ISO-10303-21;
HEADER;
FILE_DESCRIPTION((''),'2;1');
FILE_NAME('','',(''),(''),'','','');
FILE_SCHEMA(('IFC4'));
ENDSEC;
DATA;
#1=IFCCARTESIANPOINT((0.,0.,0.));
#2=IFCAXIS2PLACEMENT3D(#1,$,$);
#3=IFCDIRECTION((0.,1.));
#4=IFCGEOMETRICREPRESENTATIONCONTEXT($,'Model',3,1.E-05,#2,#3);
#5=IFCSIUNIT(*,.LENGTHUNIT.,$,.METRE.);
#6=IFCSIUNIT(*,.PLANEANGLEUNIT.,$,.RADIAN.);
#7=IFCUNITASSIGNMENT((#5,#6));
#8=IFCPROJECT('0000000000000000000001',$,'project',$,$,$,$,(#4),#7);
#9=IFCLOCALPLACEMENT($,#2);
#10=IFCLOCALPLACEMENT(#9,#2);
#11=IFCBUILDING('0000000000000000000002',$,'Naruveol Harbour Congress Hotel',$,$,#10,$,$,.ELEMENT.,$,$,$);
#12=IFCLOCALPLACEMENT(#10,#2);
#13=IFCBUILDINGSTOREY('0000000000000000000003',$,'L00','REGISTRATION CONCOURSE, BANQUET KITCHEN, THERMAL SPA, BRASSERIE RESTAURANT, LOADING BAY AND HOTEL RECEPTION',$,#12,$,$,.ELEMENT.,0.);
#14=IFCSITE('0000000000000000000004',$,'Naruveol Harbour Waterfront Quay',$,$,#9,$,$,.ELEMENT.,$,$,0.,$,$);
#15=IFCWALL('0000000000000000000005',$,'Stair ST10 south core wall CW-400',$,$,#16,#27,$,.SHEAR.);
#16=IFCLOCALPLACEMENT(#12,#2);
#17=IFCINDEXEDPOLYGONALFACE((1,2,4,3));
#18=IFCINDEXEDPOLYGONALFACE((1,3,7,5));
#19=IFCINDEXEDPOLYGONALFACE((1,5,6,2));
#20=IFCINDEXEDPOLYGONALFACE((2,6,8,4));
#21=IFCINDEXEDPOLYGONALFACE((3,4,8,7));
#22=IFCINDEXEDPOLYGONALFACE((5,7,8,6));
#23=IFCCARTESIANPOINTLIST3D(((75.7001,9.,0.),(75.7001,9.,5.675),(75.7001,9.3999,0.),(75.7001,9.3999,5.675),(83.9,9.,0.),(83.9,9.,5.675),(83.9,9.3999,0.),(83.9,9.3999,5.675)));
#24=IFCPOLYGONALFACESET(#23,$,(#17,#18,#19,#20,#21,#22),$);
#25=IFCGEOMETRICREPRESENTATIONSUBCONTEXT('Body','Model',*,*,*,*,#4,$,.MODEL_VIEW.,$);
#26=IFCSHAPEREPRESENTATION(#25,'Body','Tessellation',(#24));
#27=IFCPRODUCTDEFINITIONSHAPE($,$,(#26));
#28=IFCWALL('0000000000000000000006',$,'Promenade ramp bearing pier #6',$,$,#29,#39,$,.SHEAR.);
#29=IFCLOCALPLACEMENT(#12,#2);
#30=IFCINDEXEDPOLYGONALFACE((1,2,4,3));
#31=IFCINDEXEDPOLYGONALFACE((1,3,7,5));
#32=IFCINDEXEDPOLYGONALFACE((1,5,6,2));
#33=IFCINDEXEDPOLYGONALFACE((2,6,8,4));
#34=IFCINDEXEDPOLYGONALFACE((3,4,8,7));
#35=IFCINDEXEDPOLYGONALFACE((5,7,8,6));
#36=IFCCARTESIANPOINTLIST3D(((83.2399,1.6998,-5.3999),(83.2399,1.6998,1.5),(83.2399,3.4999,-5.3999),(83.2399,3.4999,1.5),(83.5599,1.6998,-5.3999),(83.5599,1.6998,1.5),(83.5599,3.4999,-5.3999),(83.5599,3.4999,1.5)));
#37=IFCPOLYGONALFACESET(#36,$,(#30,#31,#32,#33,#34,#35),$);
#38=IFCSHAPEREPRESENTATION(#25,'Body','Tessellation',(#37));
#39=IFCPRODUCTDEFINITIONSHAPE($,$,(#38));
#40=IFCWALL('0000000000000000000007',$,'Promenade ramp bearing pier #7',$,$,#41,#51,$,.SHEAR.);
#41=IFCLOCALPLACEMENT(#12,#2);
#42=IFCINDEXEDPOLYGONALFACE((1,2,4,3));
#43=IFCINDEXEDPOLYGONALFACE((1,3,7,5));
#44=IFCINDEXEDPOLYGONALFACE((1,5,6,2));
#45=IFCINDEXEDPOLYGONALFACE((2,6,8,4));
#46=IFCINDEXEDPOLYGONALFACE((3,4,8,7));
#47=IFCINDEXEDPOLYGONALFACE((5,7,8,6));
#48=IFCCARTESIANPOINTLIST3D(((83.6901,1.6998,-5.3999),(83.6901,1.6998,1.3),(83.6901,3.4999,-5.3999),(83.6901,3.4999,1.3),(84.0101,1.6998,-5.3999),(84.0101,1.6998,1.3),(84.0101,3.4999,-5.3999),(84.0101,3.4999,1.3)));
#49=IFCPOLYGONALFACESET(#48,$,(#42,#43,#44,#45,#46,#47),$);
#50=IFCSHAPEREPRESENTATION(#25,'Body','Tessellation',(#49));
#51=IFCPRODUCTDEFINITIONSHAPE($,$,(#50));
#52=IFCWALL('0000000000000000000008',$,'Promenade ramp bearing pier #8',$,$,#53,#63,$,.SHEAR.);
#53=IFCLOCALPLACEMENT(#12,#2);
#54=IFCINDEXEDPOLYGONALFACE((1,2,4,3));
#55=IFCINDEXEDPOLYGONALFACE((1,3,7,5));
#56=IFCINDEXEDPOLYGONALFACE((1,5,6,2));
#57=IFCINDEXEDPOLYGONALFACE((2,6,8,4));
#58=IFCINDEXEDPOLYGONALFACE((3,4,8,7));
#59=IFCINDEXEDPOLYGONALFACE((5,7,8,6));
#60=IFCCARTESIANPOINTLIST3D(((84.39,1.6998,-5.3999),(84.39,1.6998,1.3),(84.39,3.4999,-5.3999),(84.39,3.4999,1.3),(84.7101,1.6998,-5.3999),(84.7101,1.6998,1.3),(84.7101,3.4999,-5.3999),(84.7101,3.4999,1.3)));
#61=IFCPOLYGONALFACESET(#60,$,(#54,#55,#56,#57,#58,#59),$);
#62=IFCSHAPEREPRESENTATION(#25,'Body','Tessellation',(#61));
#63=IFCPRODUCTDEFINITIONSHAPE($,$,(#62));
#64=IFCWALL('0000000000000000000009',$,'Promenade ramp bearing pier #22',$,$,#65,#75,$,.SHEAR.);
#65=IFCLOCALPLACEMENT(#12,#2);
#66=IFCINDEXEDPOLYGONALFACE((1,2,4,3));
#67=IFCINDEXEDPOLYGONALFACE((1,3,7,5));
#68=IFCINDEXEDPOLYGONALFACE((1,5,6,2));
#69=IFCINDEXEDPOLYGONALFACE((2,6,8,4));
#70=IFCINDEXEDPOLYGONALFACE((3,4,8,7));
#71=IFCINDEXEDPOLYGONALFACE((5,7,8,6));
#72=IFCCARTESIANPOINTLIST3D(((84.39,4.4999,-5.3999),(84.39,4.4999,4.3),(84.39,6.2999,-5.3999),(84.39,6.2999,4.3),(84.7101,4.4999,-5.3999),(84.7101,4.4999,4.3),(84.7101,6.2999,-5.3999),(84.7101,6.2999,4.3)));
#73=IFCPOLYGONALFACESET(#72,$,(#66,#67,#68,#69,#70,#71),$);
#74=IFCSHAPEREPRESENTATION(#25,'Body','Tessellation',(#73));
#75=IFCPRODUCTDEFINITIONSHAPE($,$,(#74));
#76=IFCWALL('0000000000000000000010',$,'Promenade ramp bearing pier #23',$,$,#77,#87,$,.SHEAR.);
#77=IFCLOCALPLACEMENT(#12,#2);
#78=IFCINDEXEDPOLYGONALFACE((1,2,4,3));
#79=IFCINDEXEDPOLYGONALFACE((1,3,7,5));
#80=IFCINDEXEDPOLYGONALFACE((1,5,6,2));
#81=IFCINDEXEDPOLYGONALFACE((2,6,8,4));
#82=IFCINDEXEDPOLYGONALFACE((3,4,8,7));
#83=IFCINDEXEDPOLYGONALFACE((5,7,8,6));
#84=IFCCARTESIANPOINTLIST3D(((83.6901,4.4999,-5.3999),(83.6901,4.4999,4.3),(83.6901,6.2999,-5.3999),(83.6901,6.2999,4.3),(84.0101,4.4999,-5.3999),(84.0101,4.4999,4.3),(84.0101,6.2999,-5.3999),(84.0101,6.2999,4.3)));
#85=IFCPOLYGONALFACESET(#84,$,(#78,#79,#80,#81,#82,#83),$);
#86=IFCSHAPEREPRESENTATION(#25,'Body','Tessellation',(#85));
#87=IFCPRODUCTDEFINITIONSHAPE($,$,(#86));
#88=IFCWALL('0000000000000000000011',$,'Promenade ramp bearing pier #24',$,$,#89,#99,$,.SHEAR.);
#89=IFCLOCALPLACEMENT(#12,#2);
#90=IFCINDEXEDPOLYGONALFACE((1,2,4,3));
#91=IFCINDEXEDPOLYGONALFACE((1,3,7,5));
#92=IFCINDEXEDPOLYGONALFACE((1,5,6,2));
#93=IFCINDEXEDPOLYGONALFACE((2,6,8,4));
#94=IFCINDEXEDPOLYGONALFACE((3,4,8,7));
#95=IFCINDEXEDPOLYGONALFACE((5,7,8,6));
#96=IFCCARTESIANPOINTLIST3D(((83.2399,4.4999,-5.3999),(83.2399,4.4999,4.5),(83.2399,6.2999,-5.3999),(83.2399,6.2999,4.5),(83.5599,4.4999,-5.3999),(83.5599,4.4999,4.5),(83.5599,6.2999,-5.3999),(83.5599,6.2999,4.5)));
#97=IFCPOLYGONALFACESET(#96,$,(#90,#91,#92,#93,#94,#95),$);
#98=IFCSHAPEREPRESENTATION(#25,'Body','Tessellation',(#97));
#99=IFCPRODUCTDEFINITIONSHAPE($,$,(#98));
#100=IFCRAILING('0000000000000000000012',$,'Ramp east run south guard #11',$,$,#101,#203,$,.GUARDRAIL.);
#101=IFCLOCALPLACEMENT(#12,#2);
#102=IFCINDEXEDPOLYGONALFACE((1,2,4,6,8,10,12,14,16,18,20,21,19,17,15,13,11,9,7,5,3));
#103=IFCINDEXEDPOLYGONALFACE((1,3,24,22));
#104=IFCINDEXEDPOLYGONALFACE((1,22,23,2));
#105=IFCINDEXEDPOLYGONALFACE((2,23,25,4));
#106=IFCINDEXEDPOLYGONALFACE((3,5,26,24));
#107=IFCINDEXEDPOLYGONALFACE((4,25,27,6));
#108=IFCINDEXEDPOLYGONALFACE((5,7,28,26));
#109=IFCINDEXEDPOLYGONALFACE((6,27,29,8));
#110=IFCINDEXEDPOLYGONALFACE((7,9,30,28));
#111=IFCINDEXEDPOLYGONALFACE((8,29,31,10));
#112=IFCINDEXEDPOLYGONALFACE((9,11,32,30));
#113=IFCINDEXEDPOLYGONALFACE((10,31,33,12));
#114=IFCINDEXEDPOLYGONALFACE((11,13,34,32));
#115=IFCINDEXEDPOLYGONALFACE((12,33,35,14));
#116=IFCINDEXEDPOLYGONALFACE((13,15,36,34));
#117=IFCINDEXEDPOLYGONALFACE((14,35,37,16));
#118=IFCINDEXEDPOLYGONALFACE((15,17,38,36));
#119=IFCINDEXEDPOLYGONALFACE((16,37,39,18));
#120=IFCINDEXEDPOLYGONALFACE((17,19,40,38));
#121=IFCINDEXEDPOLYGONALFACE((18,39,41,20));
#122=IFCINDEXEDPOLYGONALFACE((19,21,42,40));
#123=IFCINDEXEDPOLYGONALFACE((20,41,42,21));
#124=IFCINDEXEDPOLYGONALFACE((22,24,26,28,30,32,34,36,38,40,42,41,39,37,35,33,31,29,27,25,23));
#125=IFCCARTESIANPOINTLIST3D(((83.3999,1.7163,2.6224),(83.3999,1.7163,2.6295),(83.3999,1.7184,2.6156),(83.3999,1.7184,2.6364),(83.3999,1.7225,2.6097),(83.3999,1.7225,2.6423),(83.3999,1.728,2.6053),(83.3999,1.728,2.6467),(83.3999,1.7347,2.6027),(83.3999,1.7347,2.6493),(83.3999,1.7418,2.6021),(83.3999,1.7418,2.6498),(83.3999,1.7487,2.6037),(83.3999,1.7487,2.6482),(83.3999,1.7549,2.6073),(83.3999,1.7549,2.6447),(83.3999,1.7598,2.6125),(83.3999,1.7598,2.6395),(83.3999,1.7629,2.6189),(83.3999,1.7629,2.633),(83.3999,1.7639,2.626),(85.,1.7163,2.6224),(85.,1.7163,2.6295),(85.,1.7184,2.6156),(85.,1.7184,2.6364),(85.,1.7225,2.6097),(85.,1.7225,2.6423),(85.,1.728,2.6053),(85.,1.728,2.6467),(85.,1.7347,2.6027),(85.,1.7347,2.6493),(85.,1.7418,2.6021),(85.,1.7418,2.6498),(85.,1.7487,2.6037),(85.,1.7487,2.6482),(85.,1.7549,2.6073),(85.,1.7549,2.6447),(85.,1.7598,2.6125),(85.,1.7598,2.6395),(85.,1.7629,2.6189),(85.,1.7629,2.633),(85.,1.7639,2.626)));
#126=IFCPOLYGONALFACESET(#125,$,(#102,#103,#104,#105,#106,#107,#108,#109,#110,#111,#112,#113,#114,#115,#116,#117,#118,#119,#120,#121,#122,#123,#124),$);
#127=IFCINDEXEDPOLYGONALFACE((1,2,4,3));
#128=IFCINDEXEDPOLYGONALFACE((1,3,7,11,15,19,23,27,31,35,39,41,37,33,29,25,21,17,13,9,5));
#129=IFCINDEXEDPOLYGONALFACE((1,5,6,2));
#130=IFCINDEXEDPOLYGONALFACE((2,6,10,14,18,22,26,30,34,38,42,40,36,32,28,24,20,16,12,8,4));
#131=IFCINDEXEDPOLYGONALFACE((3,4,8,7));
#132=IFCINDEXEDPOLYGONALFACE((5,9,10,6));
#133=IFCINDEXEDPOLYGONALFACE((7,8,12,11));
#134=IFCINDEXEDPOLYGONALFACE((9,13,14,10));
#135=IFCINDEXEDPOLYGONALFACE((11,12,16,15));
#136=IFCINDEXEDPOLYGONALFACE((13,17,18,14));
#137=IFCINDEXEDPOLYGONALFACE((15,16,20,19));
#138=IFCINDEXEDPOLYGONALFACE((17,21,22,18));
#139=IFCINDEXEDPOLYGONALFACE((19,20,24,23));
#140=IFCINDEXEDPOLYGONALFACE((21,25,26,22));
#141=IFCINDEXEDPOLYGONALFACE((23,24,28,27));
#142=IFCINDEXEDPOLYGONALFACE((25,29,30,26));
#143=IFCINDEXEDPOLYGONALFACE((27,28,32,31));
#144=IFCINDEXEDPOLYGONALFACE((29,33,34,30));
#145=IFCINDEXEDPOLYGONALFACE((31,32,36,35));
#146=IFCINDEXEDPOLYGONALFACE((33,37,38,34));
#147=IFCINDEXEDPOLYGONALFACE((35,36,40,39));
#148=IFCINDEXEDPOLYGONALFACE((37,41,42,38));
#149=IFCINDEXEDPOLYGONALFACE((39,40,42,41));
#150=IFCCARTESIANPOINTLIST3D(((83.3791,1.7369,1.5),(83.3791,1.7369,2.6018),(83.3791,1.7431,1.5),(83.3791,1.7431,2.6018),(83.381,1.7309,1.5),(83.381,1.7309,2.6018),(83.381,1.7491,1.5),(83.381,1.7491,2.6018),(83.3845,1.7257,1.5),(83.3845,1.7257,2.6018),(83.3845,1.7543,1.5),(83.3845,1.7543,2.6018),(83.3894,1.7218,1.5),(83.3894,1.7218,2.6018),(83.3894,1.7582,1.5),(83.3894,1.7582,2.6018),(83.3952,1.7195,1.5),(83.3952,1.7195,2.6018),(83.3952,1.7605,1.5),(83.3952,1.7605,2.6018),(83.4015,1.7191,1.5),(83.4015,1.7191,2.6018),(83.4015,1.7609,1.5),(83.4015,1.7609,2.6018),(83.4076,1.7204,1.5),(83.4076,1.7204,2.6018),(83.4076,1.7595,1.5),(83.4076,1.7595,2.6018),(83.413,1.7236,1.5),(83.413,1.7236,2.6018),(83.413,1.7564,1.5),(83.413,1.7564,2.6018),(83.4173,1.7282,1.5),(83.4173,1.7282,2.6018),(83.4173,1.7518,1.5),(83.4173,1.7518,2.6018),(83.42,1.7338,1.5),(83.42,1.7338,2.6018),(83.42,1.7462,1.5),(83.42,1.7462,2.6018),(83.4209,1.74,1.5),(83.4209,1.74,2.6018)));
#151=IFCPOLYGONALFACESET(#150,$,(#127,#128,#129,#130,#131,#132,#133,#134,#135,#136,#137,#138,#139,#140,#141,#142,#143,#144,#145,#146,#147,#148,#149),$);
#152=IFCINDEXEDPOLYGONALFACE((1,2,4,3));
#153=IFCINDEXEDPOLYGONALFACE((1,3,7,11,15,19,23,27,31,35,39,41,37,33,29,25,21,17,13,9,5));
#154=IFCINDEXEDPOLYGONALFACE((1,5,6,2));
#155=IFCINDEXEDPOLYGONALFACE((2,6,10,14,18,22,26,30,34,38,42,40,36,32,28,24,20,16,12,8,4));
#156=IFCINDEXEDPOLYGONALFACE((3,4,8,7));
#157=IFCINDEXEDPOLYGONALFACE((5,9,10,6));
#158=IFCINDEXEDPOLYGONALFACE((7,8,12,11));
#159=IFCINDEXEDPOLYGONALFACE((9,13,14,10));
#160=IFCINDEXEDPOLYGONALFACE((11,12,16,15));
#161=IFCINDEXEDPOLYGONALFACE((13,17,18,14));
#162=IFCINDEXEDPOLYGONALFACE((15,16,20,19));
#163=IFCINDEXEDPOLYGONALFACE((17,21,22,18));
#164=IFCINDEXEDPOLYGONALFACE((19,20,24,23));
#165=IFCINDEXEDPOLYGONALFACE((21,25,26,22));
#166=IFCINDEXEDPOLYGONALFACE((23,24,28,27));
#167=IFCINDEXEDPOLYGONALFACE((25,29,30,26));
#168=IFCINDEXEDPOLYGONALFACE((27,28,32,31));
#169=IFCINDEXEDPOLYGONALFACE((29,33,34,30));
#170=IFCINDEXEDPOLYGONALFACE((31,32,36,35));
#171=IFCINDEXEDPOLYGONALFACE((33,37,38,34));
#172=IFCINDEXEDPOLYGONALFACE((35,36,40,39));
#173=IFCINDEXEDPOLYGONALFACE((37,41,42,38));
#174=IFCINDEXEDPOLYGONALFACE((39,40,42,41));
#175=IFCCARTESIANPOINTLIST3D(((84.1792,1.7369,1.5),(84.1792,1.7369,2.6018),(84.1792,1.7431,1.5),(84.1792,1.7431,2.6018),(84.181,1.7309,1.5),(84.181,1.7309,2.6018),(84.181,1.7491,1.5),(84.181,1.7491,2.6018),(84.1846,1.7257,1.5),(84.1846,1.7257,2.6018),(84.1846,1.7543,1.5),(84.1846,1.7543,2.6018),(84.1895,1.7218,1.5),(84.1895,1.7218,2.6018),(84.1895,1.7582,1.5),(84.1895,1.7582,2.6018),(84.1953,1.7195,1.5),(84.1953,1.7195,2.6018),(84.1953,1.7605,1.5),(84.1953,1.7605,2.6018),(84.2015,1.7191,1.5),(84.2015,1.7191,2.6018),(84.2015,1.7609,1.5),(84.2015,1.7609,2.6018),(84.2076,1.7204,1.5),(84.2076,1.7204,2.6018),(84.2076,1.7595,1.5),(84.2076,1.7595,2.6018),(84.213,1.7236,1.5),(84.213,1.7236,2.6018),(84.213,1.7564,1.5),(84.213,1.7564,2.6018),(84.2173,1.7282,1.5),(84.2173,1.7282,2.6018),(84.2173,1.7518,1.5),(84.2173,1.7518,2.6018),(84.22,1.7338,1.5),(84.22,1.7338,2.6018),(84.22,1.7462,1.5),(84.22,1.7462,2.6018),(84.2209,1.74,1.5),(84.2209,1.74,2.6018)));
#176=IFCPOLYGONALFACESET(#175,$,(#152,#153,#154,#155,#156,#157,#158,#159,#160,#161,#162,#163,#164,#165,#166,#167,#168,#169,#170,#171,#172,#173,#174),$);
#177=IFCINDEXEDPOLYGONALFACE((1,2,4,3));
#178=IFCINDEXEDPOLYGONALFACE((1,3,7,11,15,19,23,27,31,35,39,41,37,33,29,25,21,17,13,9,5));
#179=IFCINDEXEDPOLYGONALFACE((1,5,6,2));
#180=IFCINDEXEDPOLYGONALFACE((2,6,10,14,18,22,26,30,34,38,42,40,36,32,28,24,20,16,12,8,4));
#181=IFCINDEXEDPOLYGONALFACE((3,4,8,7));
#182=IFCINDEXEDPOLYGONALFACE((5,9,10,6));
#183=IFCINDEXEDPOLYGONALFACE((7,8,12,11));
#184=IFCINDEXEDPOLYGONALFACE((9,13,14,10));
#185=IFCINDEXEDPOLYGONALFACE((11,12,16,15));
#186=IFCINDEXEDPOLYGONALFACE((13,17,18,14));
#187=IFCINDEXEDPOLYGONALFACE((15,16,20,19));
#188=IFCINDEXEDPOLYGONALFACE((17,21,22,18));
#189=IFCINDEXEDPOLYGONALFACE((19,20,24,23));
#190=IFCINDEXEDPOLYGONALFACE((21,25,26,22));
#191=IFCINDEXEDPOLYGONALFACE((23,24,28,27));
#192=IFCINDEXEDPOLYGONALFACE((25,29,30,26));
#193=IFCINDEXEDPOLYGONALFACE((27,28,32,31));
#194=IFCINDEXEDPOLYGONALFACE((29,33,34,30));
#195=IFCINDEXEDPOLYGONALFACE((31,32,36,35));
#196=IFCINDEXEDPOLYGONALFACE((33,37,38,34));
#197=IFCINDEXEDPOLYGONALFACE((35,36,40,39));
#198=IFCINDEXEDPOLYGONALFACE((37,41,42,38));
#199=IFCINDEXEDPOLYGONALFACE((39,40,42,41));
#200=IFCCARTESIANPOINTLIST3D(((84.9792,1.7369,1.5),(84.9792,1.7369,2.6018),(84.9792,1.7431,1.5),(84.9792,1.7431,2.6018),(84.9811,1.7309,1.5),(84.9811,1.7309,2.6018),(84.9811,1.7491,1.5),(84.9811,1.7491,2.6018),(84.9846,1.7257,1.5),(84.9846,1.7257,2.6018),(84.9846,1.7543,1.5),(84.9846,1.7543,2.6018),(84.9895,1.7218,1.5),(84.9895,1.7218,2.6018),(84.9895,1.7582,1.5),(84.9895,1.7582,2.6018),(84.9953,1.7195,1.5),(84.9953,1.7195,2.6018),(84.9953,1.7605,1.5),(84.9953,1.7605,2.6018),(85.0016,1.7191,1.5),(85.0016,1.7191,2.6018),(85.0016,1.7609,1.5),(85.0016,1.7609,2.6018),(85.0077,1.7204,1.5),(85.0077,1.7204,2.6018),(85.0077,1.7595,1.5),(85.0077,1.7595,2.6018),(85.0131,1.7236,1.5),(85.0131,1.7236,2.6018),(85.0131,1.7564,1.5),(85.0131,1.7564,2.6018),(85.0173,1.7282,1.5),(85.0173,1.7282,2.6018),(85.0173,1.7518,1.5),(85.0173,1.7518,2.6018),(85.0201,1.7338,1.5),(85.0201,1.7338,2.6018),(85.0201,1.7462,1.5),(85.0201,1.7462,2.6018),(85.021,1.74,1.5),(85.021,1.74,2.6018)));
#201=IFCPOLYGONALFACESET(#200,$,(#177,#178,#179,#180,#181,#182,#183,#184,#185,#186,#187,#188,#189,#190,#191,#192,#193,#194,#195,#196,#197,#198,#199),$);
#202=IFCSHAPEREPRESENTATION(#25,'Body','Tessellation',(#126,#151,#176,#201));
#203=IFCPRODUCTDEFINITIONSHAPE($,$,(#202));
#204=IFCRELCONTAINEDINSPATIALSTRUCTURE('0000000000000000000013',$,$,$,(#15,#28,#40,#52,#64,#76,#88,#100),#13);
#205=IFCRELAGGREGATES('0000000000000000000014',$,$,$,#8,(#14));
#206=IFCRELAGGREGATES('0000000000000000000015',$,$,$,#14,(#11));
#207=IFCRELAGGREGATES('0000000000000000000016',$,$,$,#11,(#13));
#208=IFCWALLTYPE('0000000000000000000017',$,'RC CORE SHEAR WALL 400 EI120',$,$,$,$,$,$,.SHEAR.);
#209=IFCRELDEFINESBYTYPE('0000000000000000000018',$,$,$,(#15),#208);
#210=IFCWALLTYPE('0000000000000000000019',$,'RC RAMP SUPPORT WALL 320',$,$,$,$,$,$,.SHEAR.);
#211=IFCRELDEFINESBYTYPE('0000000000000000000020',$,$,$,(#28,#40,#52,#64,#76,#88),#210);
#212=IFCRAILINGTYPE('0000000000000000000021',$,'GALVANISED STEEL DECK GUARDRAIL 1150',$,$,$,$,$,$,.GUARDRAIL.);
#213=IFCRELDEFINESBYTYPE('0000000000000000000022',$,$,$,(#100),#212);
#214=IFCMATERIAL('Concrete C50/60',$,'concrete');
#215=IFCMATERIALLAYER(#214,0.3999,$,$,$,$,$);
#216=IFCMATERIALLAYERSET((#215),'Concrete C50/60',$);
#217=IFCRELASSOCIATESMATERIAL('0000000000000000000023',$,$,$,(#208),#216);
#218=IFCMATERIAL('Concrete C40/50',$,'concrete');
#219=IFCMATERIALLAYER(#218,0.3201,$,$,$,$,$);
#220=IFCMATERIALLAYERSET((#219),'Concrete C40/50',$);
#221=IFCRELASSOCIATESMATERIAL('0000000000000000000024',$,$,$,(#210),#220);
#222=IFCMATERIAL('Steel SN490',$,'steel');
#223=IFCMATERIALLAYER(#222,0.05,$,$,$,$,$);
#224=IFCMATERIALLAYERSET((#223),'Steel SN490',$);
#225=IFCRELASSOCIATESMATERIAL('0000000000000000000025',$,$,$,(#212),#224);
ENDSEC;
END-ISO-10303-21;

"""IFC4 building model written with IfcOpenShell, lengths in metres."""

from ifc_helpers import new_model, si_unit, direction, frame, frame_2d, origin, origin_2d, place, context, subcontext, project, spatial, rectangle, circle, extrude, material, layer, layer_set, type_object, element, save


model = new_model("IFC4")

# Units and contexts
model_context = context("Model", 3, precision=1e-05, world=origin(), true_north=direction((0.0, 1.0)))
body_context = subcontext(model_context, "Body", "Model", "MODEL_VIEW")
ifc_project = project(units=[si_unit("LENGTHUNIT", "METRE"), si_unit("PLANEANGLEUNIT", "RADIAN")], contexts=[model_context])

# Site, building, storey
site_placement = place(None, origin())
site = spatial("IfcSite", under=ifc_project, at=site_placement, Name="Naruveol Harbour Waterfront Quay", CompositionType="ELEMENT", RefElevation=0.0)
building_placement = place(site_placement, origin())
building = spatial("IfcBuilding", under=site, at=building_placement, Name="Naruveol Harbour Congress Hotel", CompositionType="ELEMENT")
storey_placement = place(building_placement, origin())
storey = spatial("IfcBuildingStorey", under=building, at=storey_placement, Name="L00", Description="REGISTRATION CONCOURSE, BANQUET KITCHEN, THERMAL SPA, BRASSERIE RESTAURANT, LOADING BAY AND HOTEL RECEPTION", CompositionType="ELEMENT", Elevation=0.0)

# Walls
ifc_material_1 = material(Name="Concrete C50/60", Category="concrete")
ifc_layer_1 = layer(ifc_material_1, 0.3999)
ifc_layer_set_1 = layer_set([ifc_layer_1], Name="Concrete C50/60")
wall_type_1 = type_object("IfcWallType", Name="RC CORE SHEAR WALL 400 EI120", PredefinedType="SHEAR", material=ifc_layer_set_1)
wall_1_placement = place(storey_placement, frame((75.7, 9.2, 0.0), z_axis=(0.0, 0.0, 1.0), x_axis=(1.0, 0.0, 0.0)))
element("IfcWall", 1, at=wall_1_placement, inside=storey, type_object=wall_type_1, Name="Stair ST10 south core wall CW-400", PredefinedType="SHEAR", context=body_context, shape_type="SweptSolid", body=[
    extrude(rectangle(XDim=8.2, YDim=0.3999, at=frame_2d((4.1001, 0.0))), origin(), (0.0, 0.0, 1.0), 5.675),
])
ifc_material_2 = material(Name="Concrete C40/50", Category="concrete")
ifc_layer_2 = layer(ifc_material_2, 0.3201)
ifc_layer_set_2 = layer_set([ifc_layer_2], Name="Concrete C40/50")
wall_type_2 = type_object("IfcWallType", Name="RC RAMP SUPPORT WALL 320", PredefinedType="SHEAR", material=ifc_layer_set_2)
wall_2_placement = place(storey_placement, frame((83.3999, 1.7, -5.3999), z_axis=(0.0, 0.0, 1.0), x_axis=(0.0, 1.0, 0.0)))
element("IfcWall", 2, at=wall_2_placement, inside=storey, type_object=wall_type_2, Name="Promenade ramp bearing pier #6", PredefinedType="SHEAR", context=body_context, shape_type="SweptSolid", body=[
    extrude(rectangle(XDim=1.8, YDim=0.3201, at=frame_2d((0.8999, 0.0))), origin(), (0.0, 0.0, 1.0), 6.8999),
])
for number, where, z_axis, x_axis, name in (
    (3, (83.8501, 1.7, -5.3999), (0.0, 0.0, 1.0), (0.0, 1.0, 0.0), "Promenade ramp bearing pier #7"),
    (4, (84.55, 1.7, -5.3999), (0.0, 0.0, 1.0), (0.0, 1.0, 0.0), "Promenade ramp bearing pier #8"),
):
    element("IfcWall", number, at=place(storey_placement, frame(where, z_axis=z_axis, x_axis=x_axis)), inside=storey, type_object=wall_type_2, Name=name, PredefinedType="SHEAR", context=body_context, shape_type="SweptSolid", body=[
        extrude(rectangle(XDim=1.8, YDim=0.3201, at=frame_2d((0.8999, 0.0))), origin(), (0.0, 0.0, 1.0), 6.7),
    ])
for number, where, z_axis, x_axis, name in (
    (5, (84.55, 4.5, -5.3999), (0.0, 0.0, 1.0), (0.0, 1.0, 0.0), "Promenade ramp bearing pier #22"),
    (6, (83.8501, 4.5, -5.3999), (0.0, 0.0, 1.0), (0.0, 1.0, 0.0), "Promenade ramp bearing pier #23"),
):
    element("IfcWall", number, at=place(storey_placement, frame(where, z_axis=z_axis, x_axis=x_axis)), inside=storey, type_object=wall_type_2, Name=name, PredefinedType="SHEAR", context=body_context, shape_type="SweptSolid", body=[
        extrude(rectangle(XDim=1.8, YDim=0.3201, at=frame_2d((0.8999, 0.0))), origin(), (0.0, 0.0, 1.0), 9.7),
    ])
wall_3_placement = place(storey_placement, frame((83.3999, 4.5, -5.3999), z_axis=(0.0, 0.0, 1.0), x_axis=(0.0, 1.0, 0.0)))
element("IfcWall", 7, at=wall_3_placement, inside=storey, type_object=wall_type_2, Name="Promenade ramp bearing pier #24", PredefinedType="SHEAR", context=body_context, shape_type="SweptSolid", body=[
    extrude(rectangle(XDim=1.8, YDim=0.3201, at=frame_2d((0.8999, 0.0))), origin(), (0.0, 0.0, 1.0), 9.8999),
])

# Railing
ifc_material_3 = material(Name="Steel SN490", Category="steel")
ifc_layer_3 = layer(ifc_material_3, 0.05)
ifc_layer_set_3 = layer_set([ifc_layer_3], Name="Steel SN490")
railing_type = type_object("IfcRailingType", Name="GALVANISED STEEL DECK GUARDRAIL 1150", PredefinedType="GUARDRAIL", material=ifc_layer_set_3)
for number, where, name in (
    (8, (83.3999, 1.74, 1.5), "Ramp east run south guard #11"),
):
    element("IfcRailing", number, at=place(storey_placement, frame(where)), inside=storey, type_object=railing_type, Name=name, PredefinedType="GUARDRAIL", context=body_context, shape_type="SweptSolid", body=[
        extrude(circle(Radius=0.0239, at=origin_2d()), frame((0.0, 0.0, 1.126), z_axis=(1.0, 0.0, 0.0), x_axis=(0.0, 1.0, 0.0)), (0.0, 0.0, 1.0), 1.6001),
        extrude(circle(Radius=0.021, at=origin_2d()), origin(), (0.0, 0.0, 1.0), 1.1018),
        extrude(circle(Radius=0.021, at=origin_2d()), frame((0.8, 0.0, 0.0)), (0.0, 0.0, 1.0), 1.1018),
        extrude(circle(Radius=0.021, at=origin_2d()), frame((1.6001, 0.0, 0.0)), (0.0, 0.0, 1.0), 1.1018),
    ])

save(model, "model.ifc")
